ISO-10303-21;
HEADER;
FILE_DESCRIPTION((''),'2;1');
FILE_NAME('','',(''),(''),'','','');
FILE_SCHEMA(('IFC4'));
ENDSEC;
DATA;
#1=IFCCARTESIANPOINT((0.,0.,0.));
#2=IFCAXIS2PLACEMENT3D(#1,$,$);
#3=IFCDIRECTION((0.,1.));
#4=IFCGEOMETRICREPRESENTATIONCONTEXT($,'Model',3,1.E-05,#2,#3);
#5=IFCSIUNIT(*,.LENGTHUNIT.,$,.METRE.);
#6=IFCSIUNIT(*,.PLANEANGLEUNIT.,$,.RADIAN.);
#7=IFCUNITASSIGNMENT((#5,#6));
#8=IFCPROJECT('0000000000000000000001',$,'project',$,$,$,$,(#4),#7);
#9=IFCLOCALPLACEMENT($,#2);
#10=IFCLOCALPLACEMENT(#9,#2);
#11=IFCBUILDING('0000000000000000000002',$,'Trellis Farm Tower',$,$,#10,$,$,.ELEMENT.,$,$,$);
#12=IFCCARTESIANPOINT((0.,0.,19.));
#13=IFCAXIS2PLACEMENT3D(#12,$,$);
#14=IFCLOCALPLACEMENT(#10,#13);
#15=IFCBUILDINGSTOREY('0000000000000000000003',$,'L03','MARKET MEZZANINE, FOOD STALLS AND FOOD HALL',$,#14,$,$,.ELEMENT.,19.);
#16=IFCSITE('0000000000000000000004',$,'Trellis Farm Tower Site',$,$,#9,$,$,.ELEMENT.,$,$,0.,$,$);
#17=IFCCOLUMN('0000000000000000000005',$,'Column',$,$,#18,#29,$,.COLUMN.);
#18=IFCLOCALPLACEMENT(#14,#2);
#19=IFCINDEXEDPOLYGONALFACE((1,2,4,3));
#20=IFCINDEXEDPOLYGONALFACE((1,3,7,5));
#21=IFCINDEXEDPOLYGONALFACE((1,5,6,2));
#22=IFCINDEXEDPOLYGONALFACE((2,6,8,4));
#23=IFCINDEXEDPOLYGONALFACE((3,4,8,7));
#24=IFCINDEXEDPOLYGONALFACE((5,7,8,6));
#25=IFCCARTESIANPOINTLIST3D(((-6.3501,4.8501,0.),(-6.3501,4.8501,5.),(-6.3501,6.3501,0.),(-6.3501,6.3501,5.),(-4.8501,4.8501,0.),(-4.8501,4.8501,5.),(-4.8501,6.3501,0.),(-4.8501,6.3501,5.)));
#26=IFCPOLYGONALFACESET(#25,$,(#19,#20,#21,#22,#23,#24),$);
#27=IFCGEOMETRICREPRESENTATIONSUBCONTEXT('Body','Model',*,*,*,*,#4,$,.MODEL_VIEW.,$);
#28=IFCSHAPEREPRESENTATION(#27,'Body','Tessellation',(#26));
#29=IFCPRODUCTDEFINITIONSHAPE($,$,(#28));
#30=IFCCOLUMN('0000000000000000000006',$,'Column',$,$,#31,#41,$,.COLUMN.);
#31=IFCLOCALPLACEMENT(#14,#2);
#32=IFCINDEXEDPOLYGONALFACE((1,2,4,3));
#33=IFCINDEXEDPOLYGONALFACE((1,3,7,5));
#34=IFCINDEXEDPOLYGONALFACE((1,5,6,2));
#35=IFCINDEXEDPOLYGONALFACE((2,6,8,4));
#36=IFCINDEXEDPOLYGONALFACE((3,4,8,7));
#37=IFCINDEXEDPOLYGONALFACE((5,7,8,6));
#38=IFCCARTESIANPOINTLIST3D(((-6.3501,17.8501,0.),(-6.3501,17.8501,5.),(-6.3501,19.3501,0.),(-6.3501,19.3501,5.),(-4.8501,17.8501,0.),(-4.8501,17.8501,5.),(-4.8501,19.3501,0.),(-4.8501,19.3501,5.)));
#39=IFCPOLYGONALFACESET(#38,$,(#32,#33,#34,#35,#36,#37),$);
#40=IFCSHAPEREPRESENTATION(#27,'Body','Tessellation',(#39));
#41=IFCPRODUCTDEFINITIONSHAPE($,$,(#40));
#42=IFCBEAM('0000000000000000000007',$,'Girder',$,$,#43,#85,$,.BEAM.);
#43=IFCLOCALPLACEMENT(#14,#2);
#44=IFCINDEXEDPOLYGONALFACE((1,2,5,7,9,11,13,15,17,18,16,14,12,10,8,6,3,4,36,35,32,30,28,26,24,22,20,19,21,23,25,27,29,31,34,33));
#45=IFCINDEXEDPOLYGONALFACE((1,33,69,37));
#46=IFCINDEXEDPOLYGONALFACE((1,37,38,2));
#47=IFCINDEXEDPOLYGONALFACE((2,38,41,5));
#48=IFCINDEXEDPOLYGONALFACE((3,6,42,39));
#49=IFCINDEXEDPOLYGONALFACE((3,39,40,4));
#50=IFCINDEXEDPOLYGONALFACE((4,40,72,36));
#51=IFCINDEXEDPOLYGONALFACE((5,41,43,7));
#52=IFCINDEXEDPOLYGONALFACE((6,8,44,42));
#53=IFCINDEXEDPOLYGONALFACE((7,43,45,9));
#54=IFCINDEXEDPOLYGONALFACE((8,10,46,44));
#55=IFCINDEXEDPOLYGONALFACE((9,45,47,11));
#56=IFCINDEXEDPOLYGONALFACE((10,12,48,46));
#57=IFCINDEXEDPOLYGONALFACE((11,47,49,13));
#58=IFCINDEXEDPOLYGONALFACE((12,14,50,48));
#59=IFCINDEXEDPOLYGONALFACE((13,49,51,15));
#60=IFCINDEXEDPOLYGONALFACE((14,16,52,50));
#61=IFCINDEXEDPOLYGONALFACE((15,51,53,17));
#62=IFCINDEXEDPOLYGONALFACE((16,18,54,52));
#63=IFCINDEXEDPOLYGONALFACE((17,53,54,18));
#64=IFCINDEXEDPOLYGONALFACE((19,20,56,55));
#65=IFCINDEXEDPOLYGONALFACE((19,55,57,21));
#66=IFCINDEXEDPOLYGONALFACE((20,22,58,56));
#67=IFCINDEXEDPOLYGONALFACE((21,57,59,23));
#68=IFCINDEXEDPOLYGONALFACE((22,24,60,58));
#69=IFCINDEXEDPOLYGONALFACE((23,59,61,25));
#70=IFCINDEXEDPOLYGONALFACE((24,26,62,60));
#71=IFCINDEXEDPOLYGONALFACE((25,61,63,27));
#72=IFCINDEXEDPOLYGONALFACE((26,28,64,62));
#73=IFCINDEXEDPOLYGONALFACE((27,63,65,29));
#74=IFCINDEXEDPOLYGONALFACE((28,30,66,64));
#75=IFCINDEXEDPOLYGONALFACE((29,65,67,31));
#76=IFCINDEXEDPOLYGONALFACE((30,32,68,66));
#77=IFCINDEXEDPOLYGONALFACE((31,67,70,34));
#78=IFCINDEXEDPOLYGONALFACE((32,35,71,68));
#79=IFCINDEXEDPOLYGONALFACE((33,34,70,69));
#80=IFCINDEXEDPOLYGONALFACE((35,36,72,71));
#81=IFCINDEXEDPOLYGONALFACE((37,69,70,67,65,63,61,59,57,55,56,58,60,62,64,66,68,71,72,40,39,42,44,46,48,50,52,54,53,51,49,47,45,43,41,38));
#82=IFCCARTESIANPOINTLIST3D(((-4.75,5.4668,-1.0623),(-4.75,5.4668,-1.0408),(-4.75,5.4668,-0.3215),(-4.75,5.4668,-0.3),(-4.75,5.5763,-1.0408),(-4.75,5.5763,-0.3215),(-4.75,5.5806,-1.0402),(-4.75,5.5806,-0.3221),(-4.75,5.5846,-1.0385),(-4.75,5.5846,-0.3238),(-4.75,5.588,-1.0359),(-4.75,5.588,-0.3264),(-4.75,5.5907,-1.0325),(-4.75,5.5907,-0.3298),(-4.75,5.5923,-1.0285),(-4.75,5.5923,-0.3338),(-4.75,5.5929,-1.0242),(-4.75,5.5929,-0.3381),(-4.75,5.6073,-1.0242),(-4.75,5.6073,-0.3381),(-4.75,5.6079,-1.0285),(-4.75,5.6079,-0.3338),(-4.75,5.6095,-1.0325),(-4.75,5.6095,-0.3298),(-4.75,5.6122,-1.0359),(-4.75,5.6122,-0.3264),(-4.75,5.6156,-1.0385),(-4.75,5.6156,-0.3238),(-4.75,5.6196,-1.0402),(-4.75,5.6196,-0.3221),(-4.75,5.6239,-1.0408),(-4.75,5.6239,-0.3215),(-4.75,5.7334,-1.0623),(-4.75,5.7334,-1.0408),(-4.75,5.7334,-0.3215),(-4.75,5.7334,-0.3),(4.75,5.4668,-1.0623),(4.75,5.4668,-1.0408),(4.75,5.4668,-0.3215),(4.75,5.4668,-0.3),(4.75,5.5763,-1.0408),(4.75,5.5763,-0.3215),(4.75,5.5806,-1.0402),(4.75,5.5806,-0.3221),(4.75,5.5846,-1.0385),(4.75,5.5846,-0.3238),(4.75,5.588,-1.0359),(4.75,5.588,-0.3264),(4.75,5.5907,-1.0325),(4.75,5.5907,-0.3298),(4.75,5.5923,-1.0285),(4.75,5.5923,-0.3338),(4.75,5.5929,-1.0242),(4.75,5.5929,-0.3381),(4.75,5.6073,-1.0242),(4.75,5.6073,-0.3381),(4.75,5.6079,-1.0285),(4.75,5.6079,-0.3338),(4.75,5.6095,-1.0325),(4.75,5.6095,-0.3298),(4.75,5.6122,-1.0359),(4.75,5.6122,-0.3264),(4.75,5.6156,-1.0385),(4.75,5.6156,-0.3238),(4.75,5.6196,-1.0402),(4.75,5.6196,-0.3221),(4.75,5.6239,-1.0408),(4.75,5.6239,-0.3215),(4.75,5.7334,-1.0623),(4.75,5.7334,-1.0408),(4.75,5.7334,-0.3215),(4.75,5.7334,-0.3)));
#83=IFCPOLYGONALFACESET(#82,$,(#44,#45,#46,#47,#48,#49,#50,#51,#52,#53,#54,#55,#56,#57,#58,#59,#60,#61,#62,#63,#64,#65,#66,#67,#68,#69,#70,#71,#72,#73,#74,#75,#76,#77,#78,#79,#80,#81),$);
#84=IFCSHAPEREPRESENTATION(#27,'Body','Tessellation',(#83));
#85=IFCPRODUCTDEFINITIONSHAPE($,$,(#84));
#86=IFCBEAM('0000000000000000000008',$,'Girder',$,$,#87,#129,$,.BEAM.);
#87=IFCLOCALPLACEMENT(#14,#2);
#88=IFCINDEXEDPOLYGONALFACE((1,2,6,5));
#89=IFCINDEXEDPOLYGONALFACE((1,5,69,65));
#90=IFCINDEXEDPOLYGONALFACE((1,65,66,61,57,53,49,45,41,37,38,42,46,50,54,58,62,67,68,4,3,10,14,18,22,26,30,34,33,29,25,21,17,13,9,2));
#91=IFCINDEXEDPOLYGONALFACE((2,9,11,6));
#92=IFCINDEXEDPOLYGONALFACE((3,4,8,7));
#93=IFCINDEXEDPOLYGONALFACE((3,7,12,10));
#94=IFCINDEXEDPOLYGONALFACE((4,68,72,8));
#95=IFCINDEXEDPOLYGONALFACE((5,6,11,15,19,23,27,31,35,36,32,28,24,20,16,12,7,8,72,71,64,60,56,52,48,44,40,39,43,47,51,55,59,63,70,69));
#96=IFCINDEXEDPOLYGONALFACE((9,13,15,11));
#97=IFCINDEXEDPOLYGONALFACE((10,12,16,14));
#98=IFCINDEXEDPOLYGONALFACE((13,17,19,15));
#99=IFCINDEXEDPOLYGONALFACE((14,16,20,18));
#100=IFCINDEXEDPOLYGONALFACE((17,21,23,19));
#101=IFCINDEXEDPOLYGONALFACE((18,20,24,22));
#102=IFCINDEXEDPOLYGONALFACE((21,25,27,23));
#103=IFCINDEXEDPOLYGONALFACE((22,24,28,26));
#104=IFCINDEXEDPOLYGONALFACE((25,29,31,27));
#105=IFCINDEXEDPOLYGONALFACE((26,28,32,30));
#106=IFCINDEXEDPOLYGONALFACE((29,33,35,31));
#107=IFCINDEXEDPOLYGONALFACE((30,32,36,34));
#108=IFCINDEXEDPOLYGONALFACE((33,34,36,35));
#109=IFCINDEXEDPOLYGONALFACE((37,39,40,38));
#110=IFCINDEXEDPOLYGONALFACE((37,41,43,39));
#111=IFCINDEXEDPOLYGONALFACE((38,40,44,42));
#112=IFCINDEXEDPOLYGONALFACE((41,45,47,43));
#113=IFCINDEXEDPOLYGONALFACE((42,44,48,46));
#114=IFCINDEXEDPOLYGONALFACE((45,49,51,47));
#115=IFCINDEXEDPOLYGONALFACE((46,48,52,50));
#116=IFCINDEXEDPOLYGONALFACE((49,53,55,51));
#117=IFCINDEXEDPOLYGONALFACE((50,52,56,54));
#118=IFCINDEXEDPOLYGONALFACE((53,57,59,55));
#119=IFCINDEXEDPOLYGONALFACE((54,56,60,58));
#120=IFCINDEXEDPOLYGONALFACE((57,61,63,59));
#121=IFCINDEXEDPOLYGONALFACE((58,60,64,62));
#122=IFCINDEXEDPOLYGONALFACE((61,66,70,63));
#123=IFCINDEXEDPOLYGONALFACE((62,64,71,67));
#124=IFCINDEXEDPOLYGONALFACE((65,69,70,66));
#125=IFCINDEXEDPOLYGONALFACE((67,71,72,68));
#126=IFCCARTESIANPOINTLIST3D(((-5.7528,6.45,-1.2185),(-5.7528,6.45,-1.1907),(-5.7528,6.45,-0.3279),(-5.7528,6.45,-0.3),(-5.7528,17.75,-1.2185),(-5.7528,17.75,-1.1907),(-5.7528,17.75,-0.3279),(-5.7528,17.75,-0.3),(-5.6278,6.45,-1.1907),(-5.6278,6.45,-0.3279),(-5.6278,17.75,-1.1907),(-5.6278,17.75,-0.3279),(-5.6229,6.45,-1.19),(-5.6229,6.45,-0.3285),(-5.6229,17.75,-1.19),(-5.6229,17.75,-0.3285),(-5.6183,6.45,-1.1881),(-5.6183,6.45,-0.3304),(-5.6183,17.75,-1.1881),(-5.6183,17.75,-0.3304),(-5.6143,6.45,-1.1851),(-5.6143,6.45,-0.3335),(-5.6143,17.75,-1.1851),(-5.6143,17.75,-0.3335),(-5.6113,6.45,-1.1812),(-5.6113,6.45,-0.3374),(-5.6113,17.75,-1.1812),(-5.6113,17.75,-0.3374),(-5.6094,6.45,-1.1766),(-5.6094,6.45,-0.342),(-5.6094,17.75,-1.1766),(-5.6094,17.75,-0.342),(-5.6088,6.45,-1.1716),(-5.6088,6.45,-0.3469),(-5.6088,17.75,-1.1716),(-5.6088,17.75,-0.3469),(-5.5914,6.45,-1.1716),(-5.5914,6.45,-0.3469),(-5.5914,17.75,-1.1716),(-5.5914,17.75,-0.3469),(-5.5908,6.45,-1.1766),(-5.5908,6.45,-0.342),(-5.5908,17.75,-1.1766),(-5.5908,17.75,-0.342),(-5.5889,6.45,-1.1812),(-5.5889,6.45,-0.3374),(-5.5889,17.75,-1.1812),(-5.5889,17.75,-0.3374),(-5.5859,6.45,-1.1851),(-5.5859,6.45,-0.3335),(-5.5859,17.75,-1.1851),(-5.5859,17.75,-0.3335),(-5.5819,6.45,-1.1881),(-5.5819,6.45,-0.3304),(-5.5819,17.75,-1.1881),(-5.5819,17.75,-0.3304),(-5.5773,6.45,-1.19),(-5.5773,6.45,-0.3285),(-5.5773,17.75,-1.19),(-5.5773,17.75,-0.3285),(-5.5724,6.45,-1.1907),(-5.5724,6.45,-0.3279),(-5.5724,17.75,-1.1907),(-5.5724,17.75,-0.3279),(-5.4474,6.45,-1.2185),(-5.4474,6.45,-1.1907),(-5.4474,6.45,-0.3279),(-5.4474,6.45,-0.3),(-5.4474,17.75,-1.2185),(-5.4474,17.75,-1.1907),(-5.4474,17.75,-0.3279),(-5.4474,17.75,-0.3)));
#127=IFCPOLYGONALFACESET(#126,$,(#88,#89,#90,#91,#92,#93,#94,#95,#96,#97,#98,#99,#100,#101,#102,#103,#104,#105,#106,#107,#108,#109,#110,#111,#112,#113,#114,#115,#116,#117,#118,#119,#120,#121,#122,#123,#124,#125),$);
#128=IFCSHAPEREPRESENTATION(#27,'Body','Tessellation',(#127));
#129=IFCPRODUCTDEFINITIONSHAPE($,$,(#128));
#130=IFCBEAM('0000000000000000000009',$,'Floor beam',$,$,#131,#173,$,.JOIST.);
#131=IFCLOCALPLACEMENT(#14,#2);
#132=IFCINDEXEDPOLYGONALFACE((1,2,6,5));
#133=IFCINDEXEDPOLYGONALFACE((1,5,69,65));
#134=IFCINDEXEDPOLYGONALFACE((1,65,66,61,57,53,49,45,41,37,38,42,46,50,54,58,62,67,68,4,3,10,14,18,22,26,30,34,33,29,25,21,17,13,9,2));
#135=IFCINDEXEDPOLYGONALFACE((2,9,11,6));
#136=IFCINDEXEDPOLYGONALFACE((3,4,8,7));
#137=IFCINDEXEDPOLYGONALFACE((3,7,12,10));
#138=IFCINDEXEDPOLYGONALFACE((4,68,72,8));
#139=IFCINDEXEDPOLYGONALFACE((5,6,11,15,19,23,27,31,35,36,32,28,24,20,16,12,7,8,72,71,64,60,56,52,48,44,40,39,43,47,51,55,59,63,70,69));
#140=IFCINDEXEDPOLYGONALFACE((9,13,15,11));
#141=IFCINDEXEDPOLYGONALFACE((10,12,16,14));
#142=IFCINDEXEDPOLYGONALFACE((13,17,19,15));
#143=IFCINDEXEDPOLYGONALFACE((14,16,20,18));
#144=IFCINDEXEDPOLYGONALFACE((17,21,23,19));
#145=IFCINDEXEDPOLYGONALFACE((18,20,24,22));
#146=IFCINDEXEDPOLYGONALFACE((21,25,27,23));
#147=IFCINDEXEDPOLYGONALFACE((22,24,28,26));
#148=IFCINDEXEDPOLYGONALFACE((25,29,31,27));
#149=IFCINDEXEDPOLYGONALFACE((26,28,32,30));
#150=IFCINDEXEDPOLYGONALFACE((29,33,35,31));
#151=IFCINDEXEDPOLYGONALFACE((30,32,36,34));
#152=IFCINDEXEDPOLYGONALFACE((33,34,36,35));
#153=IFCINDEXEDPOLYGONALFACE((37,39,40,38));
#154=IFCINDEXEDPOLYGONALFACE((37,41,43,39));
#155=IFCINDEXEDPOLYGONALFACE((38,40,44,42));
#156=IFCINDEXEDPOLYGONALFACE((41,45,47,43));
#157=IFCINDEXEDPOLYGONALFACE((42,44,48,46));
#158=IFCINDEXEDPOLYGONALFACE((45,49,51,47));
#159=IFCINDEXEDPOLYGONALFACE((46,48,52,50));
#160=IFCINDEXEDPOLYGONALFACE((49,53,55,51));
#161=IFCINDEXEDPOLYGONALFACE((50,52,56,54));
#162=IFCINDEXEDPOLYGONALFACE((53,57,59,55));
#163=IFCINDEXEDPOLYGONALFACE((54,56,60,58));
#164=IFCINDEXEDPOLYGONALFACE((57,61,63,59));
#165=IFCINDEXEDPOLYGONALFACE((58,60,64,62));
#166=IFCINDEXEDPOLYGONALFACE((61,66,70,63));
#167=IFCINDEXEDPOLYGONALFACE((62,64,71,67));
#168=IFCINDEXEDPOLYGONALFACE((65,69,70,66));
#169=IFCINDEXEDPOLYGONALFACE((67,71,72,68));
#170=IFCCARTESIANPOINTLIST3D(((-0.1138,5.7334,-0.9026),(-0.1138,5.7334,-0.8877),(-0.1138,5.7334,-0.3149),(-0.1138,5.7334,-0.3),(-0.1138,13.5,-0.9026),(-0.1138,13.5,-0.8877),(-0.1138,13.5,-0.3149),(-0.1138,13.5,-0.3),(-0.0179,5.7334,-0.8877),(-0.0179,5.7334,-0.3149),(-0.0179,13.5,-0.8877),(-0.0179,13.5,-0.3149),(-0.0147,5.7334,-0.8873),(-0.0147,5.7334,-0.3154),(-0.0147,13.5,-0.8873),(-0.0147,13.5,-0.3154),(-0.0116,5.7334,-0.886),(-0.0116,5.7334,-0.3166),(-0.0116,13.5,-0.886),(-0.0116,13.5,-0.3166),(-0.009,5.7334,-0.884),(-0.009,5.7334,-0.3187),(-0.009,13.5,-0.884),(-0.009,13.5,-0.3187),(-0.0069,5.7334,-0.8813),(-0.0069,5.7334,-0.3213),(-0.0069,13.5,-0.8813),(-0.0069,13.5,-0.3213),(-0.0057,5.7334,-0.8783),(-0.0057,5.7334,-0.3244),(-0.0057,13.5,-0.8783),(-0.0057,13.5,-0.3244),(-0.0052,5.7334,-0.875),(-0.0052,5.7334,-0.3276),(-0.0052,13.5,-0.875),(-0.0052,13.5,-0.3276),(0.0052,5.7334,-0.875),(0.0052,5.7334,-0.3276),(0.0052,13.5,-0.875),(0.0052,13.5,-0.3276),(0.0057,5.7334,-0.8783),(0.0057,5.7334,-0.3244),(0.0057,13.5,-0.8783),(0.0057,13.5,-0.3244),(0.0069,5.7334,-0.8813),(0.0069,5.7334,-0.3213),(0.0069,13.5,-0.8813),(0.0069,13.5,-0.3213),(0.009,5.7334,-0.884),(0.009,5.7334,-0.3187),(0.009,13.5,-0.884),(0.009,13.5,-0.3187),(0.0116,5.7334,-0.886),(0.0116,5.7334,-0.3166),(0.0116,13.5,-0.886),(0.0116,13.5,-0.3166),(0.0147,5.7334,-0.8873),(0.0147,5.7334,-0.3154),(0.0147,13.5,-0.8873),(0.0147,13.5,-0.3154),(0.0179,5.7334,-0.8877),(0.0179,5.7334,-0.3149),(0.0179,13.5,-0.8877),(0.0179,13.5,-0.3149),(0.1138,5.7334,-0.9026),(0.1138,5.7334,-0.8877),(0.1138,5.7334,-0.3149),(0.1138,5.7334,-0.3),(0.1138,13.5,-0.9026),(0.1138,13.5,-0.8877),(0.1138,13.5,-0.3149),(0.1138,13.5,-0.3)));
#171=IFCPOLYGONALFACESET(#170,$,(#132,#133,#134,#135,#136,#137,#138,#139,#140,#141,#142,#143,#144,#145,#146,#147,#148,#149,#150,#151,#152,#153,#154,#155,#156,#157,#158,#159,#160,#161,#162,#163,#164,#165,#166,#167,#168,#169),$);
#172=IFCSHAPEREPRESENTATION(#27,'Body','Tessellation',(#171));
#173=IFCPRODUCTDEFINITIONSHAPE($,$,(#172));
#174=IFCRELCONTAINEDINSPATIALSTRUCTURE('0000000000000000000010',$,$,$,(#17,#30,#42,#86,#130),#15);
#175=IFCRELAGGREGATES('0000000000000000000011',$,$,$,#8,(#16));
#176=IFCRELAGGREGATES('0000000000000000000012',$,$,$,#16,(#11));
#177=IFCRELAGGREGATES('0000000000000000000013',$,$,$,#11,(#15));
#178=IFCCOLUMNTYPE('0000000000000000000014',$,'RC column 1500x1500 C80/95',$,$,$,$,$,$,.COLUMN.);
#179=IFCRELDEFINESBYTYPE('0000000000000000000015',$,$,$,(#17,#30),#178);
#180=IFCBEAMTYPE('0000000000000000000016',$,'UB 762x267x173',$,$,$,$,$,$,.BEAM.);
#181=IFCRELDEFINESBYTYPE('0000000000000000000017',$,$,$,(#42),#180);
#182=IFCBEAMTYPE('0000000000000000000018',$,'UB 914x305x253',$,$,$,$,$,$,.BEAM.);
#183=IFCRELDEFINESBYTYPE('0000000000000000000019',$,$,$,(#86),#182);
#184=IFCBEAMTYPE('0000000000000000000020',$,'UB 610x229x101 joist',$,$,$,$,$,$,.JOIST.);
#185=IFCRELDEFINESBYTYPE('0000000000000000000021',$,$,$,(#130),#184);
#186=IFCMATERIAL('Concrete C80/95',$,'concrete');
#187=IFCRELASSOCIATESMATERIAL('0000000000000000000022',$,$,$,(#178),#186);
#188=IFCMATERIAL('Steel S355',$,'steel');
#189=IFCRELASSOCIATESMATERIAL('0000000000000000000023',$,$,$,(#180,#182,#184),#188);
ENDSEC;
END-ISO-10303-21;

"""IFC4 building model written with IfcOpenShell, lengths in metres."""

from ifc_helpers import new_model, si_unit, direction, frame, origin, origin_2d, place, context, subcontext, project, spatial, rectangle, i_section, extrude, source, transform, mapped, material, material_profile, profile_set, type_object, element, save


model = new_model("IFC4")

# Units and contexts
model_context = context("Model", 3, precision=1e-05, world=origin(), true_north=direction((0.0, 1.0)))
body_context = subcontext(model_context, "Body", "Model", "MODEL_VIEW")
ifc_project = project(units=[si_unit("LENGTHUNIT", "METRE"), si_unit("PLANEANGLEUNIT", "RADIAN")], contexts=[model_context])

# Site, building, storey
site_placement = place(None, origin())
site = spatial("IfcSite", under=ifc_project, at=site_placement, Name="Trellis Farm Tower Site", CompositionType="ELEMENT", RefElevation=0.0)
building_placement = place(site_placement, origin())
building = spatial("IfcBuilding", under=site, at=building_placement, Name="Trellis Farm Tower", CompositionType="ELEMENT")
storey_placement = place(building_placement, frame((0.0, 0.0, 19.0)))
storey = spatial("IfcBuildingStorey", under=building, at=storey_placement, Name="L03", Description="MARKET MEZZANINE, FOOD STALLS AND FOOD HALL", CompositionType="ELEMENT", Elevation=19.0)

# Columns
ifc_material_1 = material(Name="Concrete C80/95", Category="concrete")
ifc_material_profile_1 = material_profile(ifc_material_1, rectangle(XDim=1.5, YDim=1.5, at=origin_2d()), Name="RC column 1500x1500 C80/95")
ifc_profile_set_1 = profile_set([ifc_material_profile_1], Name="Concrete C80/95")
column_type = type_object("IfcColumnType", Name="RC column 1500x1500 C80/95", PredefinedType="COLUMN", material=ifc_profile_set_1)
shared_shape_1 = source(origin(), body_context, "Body", "SweptSolid", [
    extrude(rectangle(XDim=1.5, YDim=1.5, at=origin_2d()), origin(), (0.0, 0.0, 1.0), 5.0),
])
for number, where, z_axis, x_axis, name in (
    (1, (-5.6001, 5.6001, 0.0), (0.0, 0.0, 1.0), (1.0, 0.0, 0.0), "Column"),
    (2, (-5.6001, 18.6001, 0.0), (0.0, 0.0, 1.0), (1.0, 0.0, 0.0), "Column"),
):
    element("IfcColumn", number, at=place(storey_placement, frame(where, z_axis=z_axis, x_axis=x_axis)), inside=storey, type_object=column_type, Name=name, PredefinedType="COLUMN", context=body_context, shape_type="MappedRepresentation", body=[
        mapped(shared_shape_1, transform((0.0, 0.0, 0.0))),
    ])

# Beams
ifc_material_2 = material(Name="Steel S355", Category="steel")
ifc_material_profile_2 = material_profile(ifc_material_2, i_section(OverallWidth=0.2666, OverallDepth=0.7622, WebThickness=0.0144, FlangeThickness=0.0215, FilletRadius=0.0166, at=origin_2d()), Name="UB 762x267x173")
ifc_profile_set_2 = profile_set([ifc_material_profile_2], Name="Steel S355")
beam_type_1 = type_object("IfcBeamType", Name="UB 762x267x173", PredefinedType="BEAM", material=ifc_profile_set_2)
shared_shape_2 = source(origin(), body_context, "Body", "SweptSolid", [
    extrude(i_section(OverallWidth=0.2666, OverallDepth=0.7622, WebThickness=0.0144, FlangeThickness=0.0215, FilletRadius=0.0166, at=origin_2d()), origin(), (0.0, 0.0, 1.0), 9.5),
])
beam_1_placement = place(storey_placement, frame((-4.75, 5.6001, -0.6812), z_axis=(1.0, 0.0, 0.0), x_axis=(0.0, 1.0, 0.0)))
element("IfcBeam", 3, at=beam_1_placement, inside=storey, type_object=beam_type_1, Name="Girder", PredefinedType="BEAM", context=body_context, shape_type="MappedRepresentation", body=[
    mapped(shared_shape_2, transform((0.0, 0.0, 0.0))),
])
ifc_material_profile_3 = material_profile(ifc_material_2, i_section(OverallWidth=0.3054, OverallDepth=0.9185, WebThickness=0.0173, FlangeThickness=0.0278, FilletRadius=0.019, at=origin_2d()), Name="UB 914x305x253")
ifc_profile_set_3 = profile_set([ifc_material_profile_3], Name="Steel S355")
beam_type_2 = type_object("IfcBeamType", Name="UB 914x305x253", PredefinedType="BEAM", material=ifc_profile_set_3)
shared_shape_3 = source(origin(), body_context, "Body", "SweptSolid", [
    extrude(i_section(OverallWidth=0.3054, OverallDepth=0.9185, WebThickness=0.0173, FlangeThickness=0.0278, FilletRadius=0.019, at=origin_2d()), origin(), (0.0, 0.0, 1.0), 11.3),
])
beam_2_placement = place(storey_placement, frame((-5.6001, 6.45, -0.7593), z_axis=(0.0, 1.0, 0.0), x_axis=(-1.0, 0.0, 0.0)))
element("IfcBeam", 4, at=beam_2_placement, inside=storey, type_object=beam_type_2, Name="Girder", PredefinedType="BEAM", context=body_context, shape_type="MappedRepresentation", body=[
    mapped(shared_shape_3, transform((0.0, 0.0, 0.0))),
])
ifc_material_profile_4 = material_profile(ifc_material_2, i_section(OverallWidth=0.2275, OverallDepth=0.6025, WebThickness=0.0105, FlangeThickness=0.0149, FilletRadius=0.0127, at=origin_2d()), Name="UB 610x229x101")
ifc_profile_set_4 = profile_set([ifc_material_profile_4], Name="Steel S355")
beam_type_3 = type_object("IfcBeamType", Name="UB 610x229x101 joist", PredefinedType="JOIST", material=ifc_profile_set_4)
shared_shape_4 = source(origin(), body_context, "Body", "SweptSolid", [
    extrude(i_section(OverallWidth=0.2275, OverallDepth=0.6025, WebThickness=0.0105, FlangeThickness=0.0149, FilletRadius=0.0127, at=origin_2d()), origin(), (0.0, 0.0, 1.0), 7.7666),
])
beam_3_placement = place(storey_placement, frame((0.0, 5.7334, -0.6013), z_axis=(0.0, 1.0, 0.0), x_axis=(-1.0, 0.0, 0.0)))
element("IfcBeam", 5, at=beam_3_placement, inside=storey, type_object=beam_type_3, Name="Floor beam", PredefinedType="JOIST", context=body_context, shape_type="MappedRepresentation", body=[
    mapped(shared_shape_4, transform((0.0, 0.0, 0.0))),
])

save(model, "model.ifc")
